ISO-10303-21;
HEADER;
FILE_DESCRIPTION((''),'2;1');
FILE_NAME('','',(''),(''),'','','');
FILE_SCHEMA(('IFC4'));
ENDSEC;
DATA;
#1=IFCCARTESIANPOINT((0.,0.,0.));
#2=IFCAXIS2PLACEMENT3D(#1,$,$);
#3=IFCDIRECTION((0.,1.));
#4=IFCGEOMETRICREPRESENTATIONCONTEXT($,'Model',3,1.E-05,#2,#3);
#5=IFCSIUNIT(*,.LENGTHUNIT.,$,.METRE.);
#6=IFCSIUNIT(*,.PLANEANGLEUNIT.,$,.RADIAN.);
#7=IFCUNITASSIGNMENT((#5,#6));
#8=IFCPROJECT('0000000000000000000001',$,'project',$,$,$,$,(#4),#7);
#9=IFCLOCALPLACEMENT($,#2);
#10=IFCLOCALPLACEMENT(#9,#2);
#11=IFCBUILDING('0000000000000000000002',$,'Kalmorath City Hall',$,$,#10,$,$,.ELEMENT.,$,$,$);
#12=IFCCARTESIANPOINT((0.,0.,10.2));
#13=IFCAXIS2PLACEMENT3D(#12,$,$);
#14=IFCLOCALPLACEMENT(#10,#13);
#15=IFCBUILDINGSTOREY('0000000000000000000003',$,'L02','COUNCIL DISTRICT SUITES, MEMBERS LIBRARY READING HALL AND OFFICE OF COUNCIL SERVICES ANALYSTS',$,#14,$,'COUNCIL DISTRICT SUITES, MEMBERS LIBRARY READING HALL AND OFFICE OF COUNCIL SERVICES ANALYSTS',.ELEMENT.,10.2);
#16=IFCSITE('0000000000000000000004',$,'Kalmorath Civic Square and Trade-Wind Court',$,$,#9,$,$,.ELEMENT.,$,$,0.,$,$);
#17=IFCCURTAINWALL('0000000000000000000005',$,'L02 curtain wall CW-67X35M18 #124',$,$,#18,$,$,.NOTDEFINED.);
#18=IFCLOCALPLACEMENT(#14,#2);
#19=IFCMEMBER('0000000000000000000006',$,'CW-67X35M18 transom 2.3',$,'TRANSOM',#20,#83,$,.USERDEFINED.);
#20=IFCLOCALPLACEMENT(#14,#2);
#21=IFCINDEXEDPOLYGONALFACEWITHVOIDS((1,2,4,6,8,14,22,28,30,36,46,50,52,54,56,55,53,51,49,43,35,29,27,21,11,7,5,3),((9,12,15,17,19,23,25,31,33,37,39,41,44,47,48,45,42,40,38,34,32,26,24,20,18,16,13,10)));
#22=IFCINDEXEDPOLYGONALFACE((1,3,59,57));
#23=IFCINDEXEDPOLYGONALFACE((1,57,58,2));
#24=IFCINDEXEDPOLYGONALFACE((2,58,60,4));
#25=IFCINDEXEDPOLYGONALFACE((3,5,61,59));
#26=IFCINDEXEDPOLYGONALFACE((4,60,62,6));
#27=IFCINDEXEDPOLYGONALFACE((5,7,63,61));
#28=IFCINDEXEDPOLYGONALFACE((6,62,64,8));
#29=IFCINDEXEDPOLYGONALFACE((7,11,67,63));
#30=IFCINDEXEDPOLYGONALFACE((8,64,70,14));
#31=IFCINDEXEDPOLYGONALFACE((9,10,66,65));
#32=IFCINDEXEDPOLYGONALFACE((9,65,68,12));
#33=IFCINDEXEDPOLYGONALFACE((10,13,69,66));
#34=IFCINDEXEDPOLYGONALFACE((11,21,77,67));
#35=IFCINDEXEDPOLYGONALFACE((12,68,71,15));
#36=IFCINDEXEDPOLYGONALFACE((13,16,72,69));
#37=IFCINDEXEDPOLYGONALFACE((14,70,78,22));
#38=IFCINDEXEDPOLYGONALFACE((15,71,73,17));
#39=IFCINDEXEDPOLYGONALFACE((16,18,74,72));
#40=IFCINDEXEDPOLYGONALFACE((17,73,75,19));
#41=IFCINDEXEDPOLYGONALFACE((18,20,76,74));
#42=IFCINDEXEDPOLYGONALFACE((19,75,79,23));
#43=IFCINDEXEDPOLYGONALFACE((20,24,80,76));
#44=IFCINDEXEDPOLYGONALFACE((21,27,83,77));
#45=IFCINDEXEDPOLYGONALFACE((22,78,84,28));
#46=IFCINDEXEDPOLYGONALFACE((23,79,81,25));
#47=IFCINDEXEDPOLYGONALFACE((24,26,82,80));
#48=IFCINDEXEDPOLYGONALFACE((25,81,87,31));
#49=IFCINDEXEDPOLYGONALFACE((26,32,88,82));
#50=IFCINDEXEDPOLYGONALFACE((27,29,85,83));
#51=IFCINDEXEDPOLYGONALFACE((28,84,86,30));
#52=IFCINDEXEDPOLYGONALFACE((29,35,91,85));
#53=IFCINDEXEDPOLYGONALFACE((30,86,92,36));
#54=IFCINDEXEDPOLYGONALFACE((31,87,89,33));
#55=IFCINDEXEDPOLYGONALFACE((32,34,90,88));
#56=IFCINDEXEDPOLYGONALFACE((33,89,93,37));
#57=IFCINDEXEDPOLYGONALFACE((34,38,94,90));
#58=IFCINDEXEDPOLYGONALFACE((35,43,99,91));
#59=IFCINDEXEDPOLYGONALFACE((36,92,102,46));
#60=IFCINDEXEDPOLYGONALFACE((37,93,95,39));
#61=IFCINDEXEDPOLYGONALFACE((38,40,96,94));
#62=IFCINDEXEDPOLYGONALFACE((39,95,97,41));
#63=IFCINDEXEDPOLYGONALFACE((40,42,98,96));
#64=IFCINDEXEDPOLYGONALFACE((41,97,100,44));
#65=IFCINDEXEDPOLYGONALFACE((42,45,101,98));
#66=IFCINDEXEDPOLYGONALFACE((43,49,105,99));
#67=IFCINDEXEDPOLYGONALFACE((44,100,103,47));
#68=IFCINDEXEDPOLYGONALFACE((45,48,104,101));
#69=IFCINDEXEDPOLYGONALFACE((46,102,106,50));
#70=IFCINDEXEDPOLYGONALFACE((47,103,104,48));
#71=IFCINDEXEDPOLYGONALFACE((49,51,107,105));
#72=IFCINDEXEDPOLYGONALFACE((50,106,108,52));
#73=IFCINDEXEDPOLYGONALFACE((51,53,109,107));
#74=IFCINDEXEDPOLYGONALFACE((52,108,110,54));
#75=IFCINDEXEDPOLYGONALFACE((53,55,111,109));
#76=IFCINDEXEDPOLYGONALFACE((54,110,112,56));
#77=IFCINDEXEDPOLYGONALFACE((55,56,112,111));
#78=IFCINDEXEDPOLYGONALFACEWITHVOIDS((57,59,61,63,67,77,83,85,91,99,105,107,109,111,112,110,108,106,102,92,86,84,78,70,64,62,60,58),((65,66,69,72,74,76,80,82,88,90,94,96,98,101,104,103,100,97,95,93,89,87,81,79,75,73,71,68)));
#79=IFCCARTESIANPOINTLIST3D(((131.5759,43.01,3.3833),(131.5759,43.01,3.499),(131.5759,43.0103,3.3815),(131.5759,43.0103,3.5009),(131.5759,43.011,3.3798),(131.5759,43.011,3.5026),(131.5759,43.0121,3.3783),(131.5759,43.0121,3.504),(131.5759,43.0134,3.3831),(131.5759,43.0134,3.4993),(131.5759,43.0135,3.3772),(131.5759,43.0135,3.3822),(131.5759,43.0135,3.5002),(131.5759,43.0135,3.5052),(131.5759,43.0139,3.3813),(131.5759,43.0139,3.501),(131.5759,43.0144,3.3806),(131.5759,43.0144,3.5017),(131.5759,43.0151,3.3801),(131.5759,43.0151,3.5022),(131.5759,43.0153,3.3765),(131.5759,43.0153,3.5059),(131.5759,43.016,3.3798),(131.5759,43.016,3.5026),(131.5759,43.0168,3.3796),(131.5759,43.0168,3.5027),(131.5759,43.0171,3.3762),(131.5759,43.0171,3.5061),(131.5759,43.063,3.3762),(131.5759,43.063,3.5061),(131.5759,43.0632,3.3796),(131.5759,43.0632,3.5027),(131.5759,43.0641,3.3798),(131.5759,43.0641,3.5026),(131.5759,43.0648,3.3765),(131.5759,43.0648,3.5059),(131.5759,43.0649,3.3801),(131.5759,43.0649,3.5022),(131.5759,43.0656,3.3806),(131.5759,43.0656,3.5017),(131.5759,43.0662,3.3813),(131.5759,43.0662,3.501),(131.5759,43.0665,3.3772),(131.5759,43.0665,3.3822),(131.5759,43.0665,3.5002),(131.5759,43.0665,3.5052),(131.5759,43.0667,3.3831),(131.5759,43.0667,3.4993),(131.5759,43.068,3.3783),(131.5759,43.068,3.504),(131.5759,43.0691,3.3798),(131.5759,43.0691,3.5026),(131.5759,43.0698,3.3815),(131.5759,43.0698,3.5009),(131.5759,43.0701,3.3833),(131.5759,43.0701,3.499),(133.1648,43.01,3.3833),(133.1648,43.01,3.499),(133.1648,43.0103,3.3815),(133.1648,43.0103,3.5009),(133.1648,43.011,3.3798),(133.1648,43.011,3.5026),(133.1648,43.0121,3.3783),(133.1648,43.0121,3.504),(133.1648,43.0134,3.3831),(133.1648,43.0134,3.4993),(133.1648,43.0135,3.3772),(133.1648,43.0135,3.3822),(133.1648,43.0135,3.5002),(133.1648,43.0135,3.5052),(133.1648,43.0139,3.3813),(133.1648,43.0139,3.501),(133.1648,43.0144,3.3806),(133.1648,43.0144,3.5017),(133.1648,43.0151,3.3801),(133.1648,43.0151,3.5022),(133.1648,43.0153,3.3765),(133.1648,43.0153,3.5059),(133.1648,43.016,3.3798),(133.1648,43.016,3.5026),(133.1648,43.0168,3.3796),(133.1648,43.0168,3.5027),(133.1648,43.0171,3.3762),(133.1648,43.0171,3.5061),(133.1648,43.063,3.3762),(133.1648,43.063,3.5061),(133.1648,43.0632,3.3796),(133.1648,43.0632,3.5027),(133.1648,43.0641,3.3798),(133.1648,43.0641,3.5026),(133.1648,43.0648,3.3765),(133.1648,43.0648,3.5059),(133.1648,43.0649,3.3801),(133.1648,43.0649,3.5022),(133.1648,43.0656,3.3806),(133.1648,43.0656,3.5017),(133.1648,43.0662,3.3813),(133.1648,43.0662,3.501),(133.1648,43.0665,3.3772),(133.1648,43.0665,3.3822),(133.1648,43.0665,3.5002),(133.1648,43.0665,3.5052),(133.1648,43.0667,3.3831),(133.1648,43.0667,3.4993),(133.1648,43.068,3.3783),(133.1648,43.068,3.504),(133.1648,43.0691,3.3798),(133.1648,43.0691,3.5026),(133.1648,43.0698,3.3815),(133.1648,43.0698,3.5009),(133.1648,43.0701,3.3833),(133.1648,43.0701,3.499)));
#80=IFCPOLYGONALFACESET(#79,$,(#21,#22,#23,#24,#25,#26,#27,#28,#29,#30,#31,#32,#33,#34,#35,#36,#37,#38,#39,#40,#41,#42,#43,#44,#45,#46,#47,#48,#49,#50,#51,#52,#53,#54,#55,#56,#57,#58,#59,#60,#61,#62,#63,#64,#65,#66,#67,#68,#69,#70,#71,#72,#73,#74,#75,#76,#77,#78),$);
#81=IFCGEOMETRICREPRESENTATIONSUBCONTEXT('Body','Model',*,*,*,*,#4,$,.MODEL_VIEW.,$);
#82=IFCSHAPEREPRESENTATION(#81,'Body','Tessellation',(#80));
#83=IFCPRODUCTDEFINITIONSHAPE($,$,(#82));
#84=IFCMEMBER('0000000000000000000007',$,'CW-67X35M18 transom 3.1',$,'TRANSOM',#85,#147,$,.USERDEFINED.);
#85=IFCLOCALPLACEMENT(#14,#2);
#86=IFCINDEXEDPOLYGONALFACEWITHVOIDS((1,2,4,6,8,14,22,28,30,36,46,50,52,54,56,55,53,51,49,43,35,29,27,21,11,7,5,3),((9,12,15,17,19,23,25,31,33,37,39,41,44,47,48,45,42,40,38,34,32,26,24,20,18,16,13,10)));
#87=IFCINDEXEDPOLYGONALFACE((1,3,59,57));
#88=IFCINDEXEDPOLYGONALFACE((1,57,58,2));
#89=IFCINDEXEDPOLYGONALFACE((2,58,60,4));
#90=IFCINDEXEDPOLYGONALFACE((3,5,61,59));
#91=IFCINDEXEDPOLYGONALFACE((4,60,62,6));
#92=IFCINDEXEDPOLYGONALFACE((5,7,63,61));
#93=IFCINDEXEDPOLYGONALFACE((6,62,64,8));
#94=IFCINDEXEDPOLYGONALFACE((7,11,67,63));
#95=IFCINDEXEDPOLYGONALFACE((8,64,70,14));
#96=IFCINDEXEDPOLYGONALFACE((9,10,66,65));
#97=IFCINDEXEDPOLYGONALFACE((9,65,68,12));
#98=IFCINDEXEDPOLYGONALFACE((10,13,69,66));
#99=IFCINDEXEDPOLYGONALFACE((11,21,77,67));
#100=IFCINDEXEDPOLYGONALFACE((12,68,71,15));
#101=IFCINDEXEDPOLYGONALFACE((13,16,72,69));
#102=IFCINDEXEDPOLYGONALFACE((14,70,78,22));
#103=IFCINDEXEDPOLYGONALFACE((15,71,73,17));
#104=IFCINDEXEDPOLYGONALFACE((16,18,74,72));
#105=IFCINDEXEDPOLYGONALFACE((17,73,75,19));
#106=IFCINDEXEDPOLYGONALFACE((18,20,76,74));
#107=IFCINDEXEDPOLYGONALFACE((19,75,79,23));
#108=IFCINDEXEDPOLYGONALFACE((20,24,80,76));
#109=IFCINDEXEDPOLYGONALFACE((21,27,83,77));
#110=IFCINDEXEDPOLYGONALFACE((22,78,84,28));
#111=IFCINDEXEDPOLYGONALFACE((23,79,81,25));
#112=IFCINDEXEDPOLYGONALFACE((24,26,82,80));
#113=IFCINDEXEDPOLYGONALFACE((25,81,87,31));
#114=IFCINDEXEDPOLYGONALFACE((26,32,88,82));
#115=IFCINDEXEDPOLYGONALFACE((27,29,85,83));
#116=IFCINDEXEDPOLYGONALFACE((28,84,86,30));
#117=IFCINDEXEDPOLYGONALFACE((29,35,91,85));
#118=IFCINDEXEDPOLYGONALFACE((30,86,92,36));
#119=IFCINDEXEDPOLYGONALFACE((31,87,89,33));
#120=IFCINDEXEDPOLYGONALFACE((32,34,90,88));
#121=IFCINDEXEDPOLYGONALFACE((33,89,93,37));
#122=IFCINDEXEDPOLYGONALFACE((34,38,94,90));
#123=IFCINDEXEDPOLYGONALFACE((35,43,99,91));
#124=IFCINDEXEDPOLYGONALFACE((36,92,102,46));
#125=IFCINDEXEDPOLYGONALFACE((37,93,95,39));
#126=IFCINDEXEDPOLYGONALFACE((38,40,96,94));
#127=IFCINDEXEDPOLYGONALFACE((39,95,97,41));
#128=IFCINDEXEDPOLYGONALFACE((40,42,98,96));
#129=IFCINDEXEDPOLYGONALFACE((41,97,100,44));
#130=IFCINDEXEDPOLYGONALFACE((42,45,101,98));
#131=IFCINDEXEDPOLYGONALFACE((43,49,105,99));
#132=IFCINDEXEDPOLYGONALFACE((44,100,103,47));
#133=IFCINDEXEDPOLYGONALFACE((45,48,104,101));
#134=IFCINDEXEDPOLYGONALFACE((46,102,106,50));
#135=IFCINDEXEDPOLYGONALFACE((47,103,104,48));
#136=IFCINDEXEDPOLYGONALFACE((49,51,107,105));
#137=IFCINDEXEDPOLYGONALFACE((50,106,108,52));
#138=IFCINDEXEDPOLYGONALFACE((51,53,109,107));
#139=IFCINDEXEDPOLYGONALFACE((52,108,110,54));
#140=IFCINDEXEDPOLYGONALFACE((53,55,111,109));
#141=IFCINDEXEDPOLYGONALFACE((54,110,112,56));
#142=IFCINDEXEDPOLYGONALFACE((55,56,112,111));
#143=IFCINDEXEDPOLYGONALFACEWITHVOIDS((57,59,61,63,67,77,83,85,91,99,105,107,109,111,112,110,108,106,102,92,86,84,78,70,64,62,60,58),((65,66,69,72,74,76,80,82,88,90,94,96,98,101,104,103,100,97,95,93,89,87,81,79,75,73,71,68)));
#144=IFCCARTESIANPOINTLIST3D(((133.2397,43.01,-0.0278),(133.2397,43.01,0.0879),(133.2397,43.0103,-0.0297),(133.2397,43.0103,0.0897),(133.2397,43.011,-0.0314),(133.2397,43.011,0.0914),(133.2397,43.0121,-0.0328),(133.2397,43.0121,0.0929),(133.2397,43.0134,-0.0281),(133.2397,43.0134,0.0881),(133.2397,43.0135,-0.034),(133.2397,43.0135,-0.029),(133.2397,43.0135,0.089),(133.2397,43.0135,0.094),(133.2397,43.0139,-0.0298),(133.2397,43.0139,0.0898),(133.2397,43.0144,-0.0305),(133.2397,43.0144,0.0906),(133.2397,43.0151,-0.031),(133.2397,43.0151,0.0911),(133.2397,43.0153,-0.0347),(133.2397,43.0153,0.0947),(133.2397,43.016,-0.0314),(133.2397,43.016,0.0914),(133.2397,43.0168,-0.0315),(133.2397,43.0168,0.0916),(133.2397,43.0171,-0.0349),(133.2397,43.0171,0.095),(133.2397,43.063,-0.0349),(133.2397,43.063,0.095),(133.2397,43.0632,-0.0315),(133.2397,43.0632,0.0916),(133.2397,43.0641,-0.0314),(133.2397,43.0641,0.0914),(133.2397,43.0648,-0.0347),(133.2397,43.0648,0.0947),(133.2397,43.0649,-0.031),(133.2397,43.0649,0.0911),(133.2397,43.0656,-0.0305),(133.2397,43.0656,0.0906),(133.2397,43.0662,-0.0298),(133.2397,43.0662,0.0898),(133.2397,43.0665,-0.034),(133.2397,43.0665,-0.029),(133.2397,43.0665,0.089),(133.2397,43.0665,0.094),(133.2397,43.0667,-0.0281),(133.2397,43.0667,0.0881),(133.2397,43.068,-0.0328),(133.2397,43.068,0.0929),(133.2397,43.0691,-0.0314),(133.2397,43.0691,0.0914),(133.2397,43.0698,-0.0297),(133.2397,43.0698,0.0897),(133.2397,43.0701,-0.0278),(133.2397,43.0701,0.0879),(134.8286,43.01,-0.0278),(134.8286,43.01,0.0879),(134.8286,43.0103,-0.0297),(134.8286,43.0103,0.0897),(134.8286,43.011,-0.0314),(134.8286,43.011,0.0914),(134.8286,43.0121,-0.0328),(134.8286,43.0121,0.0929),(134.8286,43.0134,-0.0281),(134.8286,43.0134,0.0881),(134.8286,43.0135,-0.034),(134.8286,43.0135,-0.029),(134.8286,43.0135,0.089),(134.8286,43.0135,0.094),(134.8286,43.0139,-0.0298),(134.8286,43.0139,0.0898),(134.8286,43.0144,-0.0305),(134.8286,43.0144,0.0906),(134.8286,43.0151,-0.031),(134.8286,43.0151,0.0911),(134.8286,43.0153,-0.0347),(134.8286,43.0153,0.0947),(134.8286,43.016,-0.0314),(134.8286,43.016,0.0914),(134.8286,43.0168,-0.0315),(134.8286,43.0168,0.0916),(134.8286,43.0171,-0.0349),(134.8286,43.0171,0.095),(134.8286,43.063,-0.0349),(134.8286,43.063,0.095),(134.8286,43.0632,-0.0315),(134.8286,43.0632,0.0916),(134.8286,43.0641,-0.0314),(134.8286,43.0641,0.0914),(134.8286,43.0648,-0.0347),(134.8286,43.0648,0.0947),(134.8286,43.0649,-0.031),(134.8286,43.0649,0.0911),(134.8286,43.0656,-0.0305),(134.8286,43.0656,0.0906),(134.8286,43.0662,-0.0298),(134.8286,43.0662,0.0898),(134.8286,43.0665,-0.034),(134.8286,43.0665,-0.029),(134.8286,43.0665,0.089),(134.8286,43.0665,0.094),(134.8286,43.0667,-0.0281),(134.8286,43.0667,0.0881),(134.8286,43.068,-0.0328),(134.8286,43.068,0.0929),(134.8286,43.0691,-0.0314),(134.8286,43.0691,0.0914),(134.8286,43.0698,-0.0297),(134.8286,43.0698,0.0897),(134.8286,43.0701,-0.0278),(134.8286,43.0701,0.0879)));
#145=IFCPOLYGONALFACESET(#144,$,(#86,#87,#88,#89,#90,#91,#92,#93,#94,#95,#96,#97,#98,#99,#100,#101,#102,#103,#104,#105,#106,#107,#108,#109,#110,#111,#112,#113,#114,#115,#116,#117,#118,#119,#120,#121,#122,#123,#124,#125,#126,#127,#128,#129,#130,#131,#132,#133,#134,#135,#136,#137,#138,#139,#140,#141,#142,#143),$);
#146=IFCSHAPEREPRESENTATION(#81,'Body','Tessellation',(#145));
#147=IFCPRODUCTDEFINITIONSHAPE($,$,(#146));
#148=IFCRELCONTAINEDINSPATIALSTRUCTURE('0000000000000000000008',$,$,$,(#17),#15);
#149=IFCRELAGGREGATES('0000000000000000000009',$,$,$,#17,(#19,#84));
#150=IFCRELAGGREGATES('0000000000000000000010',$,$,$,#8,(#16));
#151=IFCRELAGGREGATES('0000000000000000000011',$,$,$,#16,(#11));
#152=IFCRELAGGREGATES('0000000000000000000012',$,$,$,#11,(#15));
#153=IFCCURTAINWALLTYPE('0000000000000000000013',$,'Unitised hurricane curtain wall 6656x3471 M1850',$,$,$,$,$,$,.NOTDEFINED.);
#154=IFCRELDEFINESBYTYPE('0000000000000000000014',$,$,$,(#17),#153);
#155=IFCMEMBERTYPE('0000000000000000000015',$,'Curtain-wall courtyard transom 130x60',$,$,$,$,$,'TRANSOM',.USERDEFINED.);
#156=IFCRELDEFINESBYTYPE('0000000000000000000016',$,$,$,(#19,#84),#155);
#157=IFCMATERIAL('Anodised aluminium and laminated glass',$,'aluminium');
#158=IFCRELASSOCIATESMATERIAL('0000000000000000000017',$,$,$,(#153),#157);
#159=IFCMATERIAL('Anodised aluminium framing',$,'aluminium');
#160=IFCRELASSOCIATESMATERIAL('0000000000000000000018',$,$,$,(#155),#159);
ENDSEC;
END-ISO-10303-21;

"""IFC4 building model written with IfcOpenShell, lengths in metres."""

from ifc_helpers import new_model, si_unit, direction, frame, origin, origin_2d, place, context, subcontext, project, spatial, hollow_rectangle, extrude, material, material_profile, profile_set, type_object, element, aggregate, save


model = new_model("IFC4")

# Units and contexts
model_context = context("Model", 3, precision=1e-05, world=origin(), true_north=direction((0.0, 1.0)))
body_context = subcontext(model_context, "Body", "Model", "MODEL_VIEW")
ifc_project = project(units=[si_unit("LENGTHUNIT", "METRE"), si_unit("PLANEANGLEUNIT", "RADIAN")], contexts=[model_context])

# Site, building, storey
site_placement = place(None, origin())
site = spatial("IfcSite", under=ifc_project, at=site_placement, Name="Kalmorath Civic Square and Trade-Wind Court", CompositionType="ELEMENT", RefElevation=0.0)
building_placement = place(site_placement, origin())
building = spatial("IfcBuilding", under=site, at=building_placement, Name="Kalmorath City Hall", CompositionType="ELEMENT")
storey_placement = place(building_placement, frame((0.0, 0.0, 10.2)))
storey = spatial("IfcBuildingStorey", under=building, at=storey_placement, Name="L02", Description="COUNCIL DISTRICT SUITES, MEMBERS LIBRARY READING HALL AND OFFICE OF COUNCIL SERVICES ANALYSTS", LongName="COUNCIL DISTRICT SUITES, MEMBERS LIBRARY READING HALL AND OFFICE OF COUNCIL SERVICES ANALYSTS", CompositionType="ELEMENT", Elevation=10.2)

# Curtain wall, members
ifc_material_1 = material(Name="Anodised aluminium and laminated glass", Category="aluminium")
curtain_wall_type_1 = type_object("IfcCurtainWallType", Name="Unitised hurricane curtain wall 6656x3471 M1850", PredefinedType="NOTDEFINED", material=ifc_material_1)
curtain_wall_1_placement = place(storey_placement, origin())
curtain_wall_1 = element("IfcCurtainWall", 1, at=curtain_wall_1_placement, inside=storey, type_object=curtain_wall_type_1, Name="L02 curtain wall CW-67X35M18 #124", PredefinedType="NOTDEFINED")
ifc_material_2 = material(Name="Anodised aluminium framing", Category="aluminium")
ifc_material_profile_1 = material_profile(ifc_material_2, hollow_rectangle(XDim=0.0601, YDim=0.1299, WallThickness=0.0034, InnerFilletRadius=0.0034, OuterFilletRadius=0.0071, at=origin_2d()), Name="ALU-TRN-130X60X3.5")
ifc_profile_set_1 = profile_set([ifc_material_profile_1], Name="Anodised aluminium framing")
member_type_1 = type_object("IfcMemberType", Name="Curtain-wall courtyard transom 130x60", ElementType="TRANSOM", PredefinedType="USERDEFINED", material=ifc_profile_set_1)
member_1_placement = place(storey_placement, frame((131.5759, 43.04, 3.4412), z_axis=(1.0, 0.0, 0.0), x_axis=(0.0, 1.0, 0.0)))
member_1 = element("IfcMember", 2, at=member_1_placement, type_object=member_type_1, Name="CW-67X35M18 transom 2.3", ObjectType="TRANSOM", PredefinedType="USERDEFINED", context=body_context, shape_type="SweptSolid", body=[
    extrude(hollow_rectangle(XDim=0.0601, YDim=0.1299, WallThickness=0.0034, InnerFilletRadius=0.0034, OuterFilletRadius=0.0071, at=origin_2d()), origin(), (0.0, 0.0, 1.0), 1.5889),
])
member_2_placement = place(storey_placement, frame((133.2397, 43.04, 0.03), z_axis=(1.0, 0.0, 0.0), x_axis=(0.0, 1.0, 0.0)))
member_2 = element("IfcMember", 3, at=member_2_placement, type_object=member_type_1, Name="CW-67X35M18 transom 3.1", ObjectType="TRANSOM", PredefinedType="USERDEFINED", context=body_context, shape_type="SweptSolid", body=[
    extrude(hollow_rectangle(XDim=0.0601, YDim=0.1299, WallThickness=0.0034, InnerFilletRadius=0.0034, OuterFilletRadius=0.0071, at=origin_2d()), origin(), (0.0, 0.0, 1.0), 1.5889),
])

aggregate(curtain_wall_1, [member_1, member_2])

save(model, "model.ifc")
